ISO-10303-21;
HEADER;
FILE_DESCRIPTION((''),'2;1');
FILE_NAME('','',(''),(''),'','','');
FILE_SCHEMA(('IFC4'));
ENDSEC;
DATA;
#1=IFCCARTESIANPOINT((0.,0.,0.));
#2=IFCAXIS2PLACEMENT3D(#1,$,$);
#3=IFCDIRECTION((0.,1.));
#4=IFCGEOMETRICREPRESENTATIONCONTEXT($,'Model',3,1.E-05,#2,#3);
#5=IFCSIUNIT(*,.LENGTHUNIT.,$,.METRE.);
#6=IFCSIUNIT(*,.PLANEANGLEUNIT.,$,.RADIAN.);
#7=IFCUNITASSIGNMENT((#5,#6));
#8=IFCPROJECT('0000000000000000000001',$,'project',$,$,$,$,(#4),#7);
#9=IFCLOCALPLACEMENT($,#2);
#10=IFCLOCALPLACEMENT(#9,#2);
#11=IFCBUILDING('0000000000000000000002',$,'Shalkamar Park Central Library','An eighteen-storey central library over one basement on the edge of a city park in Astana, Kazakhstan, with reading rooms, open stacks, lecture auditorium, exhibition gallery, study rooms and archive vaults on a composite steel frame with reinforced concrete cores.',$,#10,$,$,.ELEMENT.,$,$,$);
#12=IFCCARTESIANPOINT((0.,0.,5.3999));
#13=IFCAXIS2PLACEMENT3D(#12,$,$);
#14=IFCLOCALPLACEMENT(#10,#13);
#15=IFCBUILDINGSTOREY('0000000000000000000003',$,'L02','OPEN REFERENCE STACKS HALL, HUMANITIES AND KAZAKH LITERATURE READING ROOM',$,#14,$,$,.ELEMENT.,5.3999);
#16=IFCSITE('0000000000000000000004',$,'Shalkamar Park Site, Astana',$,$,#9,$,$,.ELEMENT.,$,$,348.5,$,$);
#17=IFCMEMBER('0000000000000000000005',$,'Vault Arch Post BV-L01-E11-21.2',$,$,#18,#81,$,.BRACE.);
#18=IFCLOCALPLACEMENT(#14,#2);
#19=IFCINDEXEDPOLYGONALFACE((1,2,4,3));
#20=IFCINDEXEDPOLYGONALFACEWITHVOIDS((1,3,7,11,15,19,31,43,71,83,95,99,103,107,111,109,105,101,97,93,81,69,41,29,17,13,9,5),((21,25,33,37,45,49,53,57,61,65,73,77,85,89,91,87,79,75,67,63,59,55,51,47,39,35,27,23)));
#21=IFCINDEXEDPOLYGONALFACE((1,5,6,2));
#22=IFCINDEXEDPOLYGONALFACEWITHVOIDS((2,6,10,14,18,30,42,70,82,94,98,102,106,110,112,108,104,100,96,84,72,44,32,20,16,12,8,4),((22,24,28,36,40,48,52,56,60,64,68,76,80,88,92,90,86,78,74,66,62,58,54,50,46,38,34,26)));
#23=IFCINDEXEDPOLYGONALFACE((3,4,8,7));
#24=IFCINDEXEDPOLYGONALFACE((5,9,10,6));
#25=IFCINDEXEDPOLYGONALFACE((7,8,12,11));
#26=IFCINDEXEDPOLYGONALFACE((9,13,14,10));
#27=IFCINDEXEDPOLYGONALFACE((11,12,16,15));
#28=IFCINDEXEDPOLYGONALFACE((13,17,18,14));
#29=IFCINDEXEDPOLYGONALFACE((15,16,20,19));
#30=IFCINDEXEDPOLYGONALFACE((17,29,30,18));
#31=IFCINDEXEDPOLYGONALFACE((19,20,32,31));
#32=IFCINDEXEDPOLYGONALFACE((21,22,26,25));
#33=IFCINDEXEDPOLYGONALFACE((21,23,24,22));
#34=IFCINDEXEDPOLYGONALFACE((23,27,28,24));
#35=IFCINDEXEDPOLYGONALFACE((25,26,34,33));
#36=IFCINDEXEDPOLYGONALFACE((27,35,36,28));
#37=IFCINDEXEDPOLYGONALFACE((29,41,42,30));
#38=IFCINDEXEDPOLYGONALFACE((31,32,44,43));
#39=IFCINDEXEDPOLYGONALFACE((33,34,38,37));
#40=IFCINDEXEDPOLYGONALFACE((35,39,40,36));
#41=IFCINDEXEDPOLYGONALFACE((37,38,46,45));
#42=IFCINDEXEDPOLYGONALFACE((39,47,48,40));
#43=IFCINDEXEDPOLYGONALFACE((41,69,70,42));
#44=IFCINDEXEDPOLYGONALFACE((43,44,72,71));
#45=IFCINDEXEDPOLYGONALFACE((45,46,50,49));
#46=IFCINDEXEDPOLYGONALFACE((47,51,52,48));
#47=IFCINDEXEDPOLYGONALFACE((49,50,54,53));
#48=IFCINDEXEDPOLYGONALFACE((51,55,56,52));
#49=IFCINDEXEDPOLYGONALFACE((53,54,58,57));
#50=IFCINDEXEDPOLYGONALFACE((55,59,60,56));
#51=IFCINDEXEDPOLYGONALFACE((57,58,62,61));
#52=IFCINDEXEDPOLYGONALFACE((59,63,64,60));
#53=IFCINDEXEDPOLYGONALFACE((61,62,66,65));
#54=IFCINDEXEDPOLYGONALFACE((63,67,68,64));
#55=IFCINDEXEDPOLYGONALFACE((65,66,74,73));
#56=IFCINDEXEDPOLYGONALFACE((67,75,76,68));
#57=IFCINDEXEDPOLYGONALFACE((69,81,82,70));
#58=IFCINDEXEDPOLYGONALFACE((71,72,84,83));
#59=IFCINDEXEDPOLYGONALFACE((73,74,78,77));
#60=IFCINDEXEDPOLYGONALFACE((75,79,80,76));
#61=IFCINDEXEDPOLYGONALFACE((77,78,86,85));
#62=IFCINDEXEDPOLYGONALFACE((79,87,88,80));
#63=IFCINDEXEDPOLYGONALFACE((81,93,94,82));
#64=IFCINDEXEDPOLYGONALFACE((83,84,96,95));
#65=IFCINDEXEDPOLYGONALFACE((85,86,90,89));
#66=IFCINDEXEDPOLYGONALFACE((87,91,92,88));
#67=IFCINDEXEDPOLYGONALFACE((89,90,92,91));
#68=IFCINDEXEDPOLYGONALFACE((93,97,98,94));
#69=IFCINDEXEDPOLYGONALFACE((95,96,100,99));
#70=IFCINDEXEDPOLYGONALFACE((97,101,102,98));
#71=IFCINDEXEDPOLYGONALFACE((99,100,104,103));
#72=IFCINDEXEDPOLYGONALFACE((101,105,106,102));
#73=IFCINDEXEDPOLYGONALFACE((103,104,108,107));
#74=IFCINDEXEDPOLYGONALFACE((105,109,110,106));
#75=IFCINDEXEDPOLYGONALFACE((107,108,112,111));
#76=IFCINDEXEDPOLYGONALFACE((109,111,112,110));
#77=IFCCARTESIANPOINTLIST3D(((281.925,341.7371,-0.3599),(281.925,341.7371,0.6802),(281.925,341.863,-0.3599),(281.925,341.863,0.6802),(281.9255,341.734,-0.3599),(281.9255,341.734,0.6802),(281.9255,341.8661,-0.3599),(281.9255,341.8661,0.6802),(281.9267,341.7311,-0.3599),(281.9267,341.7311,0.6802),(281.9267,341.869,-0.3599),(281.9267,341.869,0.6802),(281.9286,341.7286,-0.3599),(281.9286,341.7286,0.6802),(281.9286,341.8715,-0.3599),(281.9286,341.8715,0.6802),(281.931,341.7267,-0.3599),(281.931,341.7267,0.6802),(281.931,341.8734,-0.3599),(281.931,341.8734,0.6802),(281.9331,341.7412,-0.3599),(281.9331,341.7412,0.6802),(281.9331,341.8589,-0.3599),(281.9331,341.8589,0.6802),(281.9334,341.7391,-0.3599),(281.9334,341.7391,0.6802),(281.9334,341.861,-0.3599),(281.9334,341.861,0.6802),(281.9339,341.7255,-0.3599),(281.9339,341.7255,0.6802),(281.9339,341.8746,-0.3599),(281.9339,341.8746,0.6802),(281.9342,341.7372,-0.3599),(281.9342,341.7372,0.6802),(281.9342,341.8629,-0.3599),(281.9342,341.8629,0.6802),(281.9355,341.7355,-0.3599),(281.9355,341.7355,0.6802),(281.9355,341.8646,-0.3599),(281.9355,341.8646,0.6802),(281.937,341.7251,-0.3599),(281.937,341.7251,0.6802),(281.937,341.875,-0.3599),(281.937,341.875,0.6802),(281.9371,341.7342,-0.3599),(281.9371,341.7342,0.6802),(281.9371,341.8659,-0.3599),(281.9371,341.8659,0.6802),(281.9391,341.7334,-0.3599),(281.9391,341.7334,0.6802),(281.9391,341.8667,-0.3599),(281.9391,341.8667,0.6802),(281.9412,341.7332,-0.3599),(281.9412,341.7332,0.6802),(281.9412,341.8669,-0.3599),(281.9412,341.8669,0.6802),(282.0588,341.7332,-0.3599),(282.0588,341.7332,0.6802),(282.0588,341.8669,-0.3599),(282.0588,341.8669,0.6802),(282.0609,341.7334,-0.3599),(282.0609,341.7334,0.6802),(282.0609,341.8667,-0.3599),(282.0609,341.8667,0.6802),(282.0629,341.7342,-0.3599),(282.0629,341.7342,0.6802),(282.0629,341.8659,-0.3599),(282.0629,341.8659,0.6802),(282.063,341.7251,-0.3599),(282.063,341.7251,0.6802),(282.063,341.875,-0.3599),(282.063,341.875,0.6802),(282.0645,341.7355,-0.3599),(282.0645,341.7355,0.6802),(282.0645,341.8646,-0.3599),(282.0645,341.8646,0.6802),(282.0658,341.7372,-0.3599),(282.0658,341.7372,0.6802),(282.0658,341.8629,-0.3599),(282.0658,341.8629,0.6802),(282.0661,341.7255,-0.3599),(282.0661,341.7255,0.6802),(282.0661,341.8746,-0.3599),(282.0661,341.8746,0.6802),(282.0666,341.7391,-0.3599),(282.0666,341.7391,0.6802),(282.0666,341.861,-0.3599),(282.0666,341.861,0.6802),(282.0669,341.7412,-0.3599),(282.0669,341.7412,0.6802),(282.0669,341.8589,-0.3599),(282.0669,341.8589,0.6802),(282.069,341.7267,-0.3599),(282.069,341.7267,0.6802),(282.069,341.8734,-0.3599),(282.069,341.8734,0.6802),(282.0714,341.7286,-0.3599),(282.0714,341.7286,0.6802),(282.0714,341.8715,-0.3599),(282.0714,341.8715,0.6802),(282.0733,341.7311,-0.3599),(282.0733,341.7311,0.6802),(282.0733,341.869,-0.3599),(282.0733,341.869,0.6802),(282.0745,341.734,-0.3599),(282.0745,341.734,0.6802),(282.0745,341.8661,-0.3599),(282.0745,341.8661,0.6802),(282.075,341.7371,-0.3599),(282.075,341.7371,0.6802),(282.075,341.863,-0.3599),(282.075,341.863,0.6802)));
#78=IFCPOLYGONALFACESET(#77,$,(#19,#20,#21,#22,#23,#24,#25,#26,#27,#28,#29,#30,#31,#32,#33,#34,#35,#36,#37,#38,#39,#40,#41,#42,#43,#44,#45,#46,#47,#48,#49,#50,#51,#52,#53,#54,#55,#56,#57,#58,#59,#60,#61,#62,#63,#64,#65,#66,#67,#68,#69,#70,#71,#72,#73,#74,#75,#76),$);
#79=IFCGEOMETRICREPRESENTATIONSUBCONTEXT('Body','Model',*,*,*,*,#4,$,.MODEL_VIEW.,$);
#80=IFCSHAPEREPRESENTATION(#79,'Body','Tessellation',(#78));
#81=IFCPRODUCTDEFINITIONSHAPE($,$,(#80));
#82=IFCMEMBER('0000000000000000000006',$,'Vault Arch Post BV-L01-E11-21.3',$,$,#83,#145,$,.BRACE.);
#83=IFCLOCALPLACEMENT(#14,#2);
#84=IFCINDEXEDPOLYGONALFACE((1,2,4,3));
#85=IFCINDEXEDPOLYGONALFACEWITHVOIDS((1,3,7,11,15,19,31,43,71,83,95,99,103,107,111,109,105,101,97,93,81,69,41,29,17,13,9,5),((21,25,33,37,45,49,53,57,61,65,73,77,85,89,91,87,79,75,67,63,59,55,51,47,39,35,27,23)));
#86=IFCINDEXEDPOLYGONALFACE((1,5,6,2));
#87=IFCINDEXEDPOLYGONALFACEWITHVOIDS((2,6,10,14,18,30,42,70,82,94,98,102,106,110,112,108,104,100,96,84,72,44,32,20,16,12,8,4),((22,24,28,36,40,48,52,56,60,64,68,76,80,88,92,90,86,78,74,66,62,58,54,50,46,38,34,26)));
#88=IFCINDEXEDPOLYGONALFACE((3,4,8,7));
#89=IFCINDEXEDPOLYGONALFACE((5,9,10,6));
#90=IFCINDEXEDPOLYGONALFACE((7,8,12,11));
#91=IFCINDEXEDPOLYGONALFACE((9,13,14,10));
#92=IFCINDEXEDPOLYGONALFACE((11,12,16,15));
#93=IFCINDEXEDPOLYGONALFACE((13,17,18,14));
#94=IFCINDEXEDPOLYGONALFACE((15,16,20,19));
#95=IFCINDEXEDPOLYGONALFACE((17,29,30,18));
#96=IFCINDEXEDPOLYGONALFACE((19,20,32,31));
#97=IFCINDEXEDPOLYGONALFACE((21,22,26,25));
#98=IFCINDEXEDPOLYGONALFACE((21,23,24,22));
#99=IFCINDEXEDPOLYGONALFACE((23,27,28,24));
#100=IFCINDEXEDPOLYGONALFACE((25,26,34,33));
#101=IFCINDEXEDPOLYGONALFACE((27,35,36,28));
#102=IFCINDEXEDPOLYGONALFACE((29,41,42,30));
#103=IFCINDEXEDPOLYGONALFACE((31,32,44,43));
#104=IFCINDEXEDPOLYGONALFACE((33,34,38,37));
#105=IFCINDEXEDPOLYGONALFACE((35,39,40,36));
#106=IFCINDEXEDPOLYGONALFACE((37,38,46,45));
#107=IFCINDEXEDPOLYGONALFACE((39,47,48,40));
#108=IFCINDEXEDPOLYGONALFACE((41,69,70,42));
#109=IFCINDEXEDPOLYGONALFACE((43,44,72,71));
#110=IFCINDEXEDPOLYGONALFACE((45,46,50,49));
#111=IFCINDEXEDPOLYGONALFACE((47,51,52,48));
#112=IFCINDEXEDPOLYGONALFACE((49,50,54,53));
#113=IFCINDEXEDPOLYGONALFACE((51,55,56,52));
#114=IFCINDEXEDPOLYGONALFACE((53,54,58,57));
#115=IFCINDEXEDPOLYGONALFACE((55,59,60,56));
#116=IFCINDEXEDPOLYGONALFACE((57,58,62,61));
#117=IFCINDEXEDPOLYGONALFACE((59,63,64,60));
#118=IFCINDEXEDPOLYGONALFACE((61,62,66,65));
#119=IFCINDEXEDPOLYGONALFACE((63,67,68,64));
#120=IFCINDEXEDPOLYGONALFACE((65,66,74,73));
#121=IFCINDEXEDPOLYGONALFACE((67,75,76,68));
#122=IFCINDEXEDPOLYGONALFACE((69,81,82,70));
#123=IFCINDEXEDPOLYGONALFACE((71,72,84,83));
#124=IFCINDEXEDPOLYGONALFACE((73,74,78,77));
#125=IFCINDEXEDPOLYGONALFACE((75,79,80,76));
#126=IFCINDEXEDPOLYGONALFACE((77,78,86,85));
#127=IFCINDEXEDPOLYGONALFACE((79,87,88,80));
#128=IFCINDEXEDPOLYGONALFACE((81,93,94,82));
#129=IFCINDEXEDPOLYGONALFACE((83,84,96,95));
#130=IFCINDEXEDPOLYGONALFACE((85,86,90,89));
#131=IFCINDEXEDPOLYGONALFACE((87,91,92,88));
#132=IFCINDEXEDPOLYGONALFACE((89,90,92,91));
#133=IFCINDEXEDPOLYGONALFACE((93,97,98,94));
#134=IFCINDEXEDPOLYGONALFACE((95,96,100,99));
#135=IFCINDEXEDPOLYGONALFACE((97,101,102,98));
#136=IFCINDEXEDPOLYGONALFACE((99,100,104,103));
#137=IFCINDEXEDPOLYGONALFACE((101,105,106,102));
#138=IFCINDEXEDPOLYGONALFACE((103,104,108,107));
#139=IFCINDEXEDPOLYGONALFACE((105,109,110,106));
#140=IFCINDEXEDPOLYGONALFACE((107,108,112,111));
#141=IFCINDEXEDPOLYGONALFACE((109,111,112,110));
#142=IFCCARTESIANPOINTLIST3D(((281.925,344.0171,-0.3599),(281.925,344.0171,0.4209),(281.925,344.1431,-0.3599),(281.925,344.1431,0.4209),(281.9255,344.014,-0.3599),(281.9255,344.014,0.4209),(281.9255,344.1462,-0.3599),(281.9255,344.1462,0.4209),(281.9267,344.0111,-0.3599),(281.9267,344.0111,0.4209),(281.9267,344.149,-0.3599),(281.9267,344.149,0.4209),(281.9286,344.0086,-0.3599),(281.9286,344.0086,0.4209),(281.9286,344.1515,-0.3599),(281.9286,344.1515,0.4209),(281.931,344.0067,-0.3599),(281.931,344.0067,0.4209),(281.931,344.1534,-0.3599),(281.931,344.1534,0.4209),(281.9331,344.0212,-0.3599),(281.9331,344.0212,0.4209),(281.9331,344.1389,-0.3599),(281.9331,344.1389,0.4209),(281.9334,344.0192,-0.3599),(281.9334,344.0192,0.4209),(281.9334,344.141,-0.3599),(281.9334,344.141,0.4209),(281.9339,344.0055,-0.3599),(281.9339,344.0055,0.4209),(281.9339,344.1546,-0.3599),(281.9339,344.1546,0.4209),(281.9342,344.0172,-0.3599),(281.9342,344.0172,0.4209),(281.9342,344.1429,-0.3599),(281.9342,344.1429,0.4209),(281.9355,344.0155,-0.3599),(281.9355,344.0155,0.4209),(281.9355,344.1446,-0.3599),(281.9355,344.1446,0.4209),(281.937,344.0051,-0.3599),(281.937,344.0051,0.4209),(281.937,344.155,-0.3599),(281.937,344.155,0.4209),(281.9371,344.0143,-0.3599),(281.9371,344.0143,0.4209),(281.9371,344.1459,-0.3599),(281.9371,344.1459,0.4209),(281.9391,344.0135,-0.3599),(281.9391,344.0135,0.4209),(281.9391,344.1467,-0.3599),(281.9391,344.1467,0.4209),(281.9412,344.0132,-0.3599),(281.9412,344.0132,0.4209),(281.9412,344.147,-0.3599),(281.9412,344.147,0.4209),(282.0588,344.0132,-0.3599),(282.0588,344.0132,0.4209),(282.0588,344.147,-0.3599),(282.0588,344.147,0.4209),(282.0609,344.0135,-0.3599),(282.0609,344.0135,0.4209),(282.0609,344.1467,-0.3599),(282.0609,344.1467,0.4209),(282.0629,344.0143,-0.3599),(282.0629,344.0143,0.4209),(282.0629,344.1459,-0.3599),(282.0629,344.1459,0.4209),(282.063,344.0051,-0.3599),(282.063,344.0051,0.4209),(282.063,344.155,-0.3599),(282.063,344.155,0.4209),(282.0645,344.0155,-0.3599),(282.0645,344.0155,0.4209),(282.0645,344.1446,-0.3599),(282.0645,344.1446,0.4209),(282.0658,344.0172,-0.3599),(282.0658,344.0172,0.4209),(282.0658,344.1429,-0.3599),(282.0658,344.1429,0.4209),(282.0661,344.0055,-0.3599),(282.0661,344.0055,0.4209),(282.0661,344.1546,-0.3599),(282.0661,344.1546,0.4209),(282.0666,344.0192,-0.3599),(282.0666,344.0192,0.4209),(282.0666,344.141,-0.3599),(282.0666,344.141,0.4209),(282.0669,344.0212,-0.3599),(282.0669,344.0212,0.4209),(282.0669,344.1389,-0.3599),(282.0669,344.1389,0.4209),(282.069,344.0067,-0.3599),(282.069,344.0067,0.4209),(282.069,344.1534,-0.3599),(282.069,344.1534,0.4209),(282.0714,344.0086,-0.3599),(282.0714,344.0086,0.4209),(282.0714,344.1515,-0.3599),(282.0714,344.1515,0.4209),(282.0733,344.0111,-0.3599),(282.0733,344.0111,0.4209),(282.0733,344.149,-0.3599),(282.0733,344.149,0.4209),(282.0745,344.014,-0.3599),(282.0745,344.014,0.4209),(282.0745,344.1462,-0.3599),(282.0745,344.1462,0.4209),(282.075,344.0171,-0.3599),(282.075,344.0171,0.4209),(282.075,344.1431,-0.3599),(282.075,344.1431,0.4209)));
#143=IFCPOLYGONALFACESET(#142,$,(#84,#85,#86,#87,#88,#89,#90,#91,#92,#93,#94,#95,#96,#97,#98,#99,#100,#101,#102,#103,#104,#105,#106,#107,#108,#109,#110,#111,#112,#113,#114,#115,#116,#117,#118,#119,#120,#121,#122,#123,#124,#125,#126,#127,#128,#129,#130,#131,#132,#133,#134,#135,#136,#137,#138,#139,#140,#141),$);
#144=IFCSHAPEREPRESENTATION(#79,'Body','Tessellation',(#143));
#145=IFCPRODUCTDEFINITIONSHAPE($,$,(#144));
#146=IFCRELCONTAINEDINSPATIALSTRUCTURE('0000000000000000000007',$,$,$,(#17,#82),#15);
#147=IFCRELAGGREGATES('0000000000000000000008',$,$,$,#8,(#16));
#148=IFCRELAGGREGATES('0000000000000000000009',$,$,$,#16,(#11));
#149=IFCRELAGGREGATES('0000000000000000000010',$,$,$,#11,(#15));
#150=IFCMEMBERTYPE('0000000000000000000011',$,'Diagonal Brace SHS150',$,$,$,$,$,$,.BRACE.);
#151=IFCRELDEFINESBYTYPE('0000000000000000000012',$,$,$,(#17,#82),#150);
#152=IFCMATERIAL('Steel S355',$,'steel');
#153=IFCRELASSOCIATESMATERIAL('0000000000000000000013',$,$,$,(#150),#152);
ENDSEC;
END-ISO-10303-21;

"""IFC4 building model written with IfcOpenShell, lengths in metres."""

from ifc_helpers import new_model, si_unit, direction, frame, origin, origin_2d, place, context, subcontext, project, spatial, hollow_rectangle, extrude, material, material_profile, profile_set, type_object, element, save


model = new_model("IFC4")

# Units and contexts
model_context = context("Model", 3, precision=1e-05, world=origin(), true_north=direction((0.0, 1.0)))
body_context = subcontext(model_context, "Body", "Model", "MODEL_VIEW")
ifc_project = project(units=[si_unit("LENGTHUNIT", "METRE"), si_unit("PLANEANGLEUNIT", "RADIAN")], contexts=[model_context])

# Site, building, storey
site_placement = place(None, origin())
site = spatial("IfcSite", under=ifc_project, at=site_placement, Name="Shalkamar Park Site, Astana", CompositionType="ELEMENT", RefElevation=348.5)
building_placement = place(site_placement, origin())
building = spatial("IfcBuilding", under=site, at=building_placement, Name="Shalkamar Park Central Library", Description="An eighteen-storey central library over one basement on the edge of a city park in Astana, Kazakhstan, with reading rooms, open stacks, lecture auditorium, exhibition gallery, study rooms and archive vaults on a composite steel frame with reinforced concrete cores.", CompositionType="ELEMENT")
storey_placement = place(building_placement, frame((0.0, 0.0, 5.3999)))
storey = spatial("IfcBuildingStorey", under=building, at=storey_placement, Name="L02", Description="OPEN REFERENCE STACKS HALL, HUMANITIES AND KAZAKH LITERATURE READING ROOM", CompositionType="ELEMENT", Elevation=5.3999)

# Members
ifc_material_1 = material(Name="Steel S355", Category="steel")
ifc_material_profile_1 = material_profile(ifc_material_1, hollow_rectangle(XDim=0.1499, YDim=0.1499, WallThickness=0.0081, InnerFilletRadius=0.0081, OuterFilletRadius=0.012, at=origin_2d()), Name="SHS 150x150x8")
ifc_profile_set_1 = profile_set([ifc_material_profile_1], Name="Steel S355")
member_type_1 = type_object("IfcMemberType", Name="Diagonal Brace SHS150", PredefinedType="BRACE", material=ifc_profile_set_1)
member_1_placement = place(storey_placement, frame((282.0, 341.8, -0.3599), z_axis=(0.0, 0.0, 1.0), x_axis=(1.0, 0.0, 0.0)))
element("IfcMember", 1, at=member_1_placement, inside=storey, type_object=member_type_1, Name="Vault Arch Post BV-L01-E11-21.2", PredefinedType="BRACE", context=body_context, shape_type="SweptSolid", body=[
    extrude(hollow_rectangle(XDim=0.1499, YDim=0.1499, WallThickness=0.0081, InnerFilletRadius=0.0081, OuterFilletRadius=0.012, at=origin_2d()), origin(), (0.0, 0.0, 1.0), 1.04),
])
for number, where, z_axis, x_axis, name in (
    (2, (282.0, 344.0801, -0.3599), (0.0, 0.0, 1.0), (1.0, 0.0, 0.0), "Vault Arch Post BV-L01-E11-21.3"),
):
    element("IfcMember", number, at=place(storey_placement, frame(where, z_axis=z_axis, x_axis=x_axis)), inside=storey, type_object=member_type_1, Name=name, PredefinedType="BRACE", context=body_context, shape_type="SweptSolid", body=[
        extrude(hollow_rectangle(XDim=0.1499, YDim=0.1499, WallThickness=0.0081, InnerFilletRadius=0.0081, OuterFilletRadius=0.012, at=origin_2d()), origin(), (0.0, 0.0, 1.0), 0.7808),
    ])

save(model, "model.ifc")
